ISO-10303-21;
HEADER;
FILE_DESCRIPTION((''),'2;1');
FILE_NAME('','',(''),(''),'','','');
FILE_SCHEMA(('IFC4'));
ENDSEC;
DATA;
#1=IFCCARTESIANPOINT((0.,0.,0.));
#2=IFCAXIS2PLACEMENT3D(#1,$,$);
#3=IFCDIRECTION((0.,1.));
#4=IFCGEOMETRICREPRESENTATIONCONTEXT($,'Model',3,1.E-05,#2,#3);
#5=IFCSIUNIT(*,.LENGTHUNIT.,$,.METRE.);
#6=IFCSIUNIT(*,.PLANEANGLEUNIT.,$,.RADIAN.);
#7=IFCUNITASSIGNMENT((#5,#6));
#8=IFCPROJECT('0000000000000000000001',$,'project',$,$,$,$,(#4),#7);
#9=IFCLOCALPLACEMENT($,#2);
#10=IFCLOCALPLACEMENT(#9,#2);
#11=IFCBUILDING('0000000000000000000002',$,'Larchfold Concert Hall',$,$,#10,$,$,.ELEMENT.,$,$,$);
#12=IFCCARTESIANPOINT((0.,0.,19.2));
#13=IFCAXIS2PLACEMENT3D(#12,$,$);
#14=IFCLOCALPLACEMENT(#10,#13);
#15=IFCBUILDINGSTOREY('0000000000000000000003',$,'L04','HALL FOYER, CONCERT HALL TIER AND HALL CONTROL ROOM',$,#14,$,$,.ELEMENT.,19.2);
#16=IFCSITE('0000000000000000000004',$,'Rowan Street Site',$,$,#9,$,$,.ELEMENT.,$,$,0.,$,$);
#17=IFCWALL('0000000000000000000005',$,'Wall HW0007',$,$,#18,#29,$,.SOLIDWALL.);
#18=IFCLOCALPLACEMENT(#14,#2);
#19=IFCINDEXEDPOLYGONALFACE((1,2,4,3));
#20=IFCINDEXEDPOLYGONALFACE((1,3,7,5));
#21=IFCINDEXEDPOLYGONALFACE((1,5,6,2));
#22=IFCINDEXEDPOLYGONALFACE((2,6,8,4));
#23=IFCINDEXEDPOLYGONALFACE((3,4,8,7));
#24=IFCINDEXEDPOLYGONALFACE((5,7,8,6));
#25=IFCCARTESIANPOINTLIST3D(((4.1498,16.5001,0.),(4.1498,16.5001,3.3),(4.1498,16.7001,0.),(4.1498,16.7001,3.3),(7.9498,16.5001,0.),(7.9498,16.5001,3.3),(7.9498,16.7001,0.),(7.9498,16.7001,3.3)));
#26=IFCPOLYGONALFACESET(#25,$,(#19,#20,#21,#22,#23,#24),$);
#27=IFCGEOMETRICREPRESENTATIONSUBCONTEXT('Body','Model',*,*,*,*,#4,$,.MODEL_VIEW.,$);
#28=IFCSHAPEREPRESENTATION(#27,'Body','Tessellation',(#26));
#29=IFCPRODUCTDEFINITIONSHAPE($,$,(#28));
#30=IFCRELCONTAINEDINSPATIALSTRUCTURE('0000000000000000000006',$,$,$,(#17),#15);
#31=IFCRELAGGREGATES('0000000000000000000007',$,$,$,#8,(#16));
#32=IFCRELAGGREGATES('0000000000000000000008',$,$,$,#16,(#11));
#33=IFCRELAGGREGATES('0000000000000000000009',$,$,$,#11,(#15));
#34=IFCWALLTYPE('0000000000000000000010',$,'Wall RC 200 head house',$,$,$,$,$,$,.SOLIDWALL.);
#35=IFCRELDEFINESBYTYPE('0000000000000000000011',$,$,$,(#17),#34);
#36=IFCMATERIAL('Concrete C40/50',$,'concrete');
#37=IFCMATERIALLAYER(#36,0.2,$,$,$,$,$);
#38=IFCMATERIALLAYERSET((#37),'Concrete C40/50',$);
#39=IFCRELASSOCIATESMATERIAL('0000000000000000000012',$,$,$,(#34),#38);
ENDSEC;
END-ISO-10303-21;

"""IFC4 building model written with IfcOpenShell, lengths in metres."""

from ifc_helpers import new_model, si_unit, direction, frame, frame_2d, origin, place, context, subcontext, project, spatial, rectangle, extrude, material, layer, layer_set, type_object, element, save


model = new_model("IFC4")

# Units and contexts
model_context = context("Model", 3, precision=1e-05, world=origin(), true_north=direction((0.0, 1.0)))
body_context = subcontext(model_context, "Body", "Model", "MODEL_VIEW")
ifc_project = project(units=[si_unit("LENGTHUNIT", "METRE"), si_unit("PLANEANGLEUNIT", "RADIAN")], contexts=[model_context])

# Site, building, storey
site_placement = place(None, origin())
site = spatial("IfcSite", under=ifc_project, at=site_placement, Name="Rowan Street Site", CompositionType="ELEMENT", RefElevation=0.0)
building_placement = place(site_placement, origin())
building = spatial("IfcBuilding", under=site, at=building_placement, Name="Larchfold Concert Hall", CompositionType="ELEMENT")
storey_placement = place(building_placement, frame((0.0, 0.0, 19.2)))
storey = spatial("IfcBuildingStorey", under=building, at=storey_placement, Name="L04", Description="HALL FOYER, CONCERT HALL TIER AND HALL CONTROL ROOM", CompositionType="ELEMENT", Elevation=19.2)

# Shared definitions
ifc_material_1 = material(Name="Concrete C40/50", Category="concrete")
ifc_layer = layer(ifc_material_1, 0.2)
ifc_layer_set = layer_set([ifc_layer], Name="Concrete C40/50")
wall_type = type_object("IfcWallType", Name="Wall RC 200 head house", PredefinedType="SOLIDWALL", material=ifc_layer_set)

# Wall
wall_1_placement = place(storey_placement, frame((4.1499, 16.6001, 0.0), z_axis=(0.0, 0.0, 1.0), x_axis=(1.0, 0.0, 0.0)))
element("IfcWall", 1, at=wall_1_placement, inside=storey, type_object=wall_type, Name="Wall HW0007", PredefinedType="SOLIDWALL", context=body_context, shape_type="SweptSolid", body=[
    extrude(rectangle(XDim=3.8, YDim=0.2, at=frame_2d((1.8999, 0.0))), origin(), (0.0, 0.0, 1.0), 3.3),
])

save(model, "model.ifc")
